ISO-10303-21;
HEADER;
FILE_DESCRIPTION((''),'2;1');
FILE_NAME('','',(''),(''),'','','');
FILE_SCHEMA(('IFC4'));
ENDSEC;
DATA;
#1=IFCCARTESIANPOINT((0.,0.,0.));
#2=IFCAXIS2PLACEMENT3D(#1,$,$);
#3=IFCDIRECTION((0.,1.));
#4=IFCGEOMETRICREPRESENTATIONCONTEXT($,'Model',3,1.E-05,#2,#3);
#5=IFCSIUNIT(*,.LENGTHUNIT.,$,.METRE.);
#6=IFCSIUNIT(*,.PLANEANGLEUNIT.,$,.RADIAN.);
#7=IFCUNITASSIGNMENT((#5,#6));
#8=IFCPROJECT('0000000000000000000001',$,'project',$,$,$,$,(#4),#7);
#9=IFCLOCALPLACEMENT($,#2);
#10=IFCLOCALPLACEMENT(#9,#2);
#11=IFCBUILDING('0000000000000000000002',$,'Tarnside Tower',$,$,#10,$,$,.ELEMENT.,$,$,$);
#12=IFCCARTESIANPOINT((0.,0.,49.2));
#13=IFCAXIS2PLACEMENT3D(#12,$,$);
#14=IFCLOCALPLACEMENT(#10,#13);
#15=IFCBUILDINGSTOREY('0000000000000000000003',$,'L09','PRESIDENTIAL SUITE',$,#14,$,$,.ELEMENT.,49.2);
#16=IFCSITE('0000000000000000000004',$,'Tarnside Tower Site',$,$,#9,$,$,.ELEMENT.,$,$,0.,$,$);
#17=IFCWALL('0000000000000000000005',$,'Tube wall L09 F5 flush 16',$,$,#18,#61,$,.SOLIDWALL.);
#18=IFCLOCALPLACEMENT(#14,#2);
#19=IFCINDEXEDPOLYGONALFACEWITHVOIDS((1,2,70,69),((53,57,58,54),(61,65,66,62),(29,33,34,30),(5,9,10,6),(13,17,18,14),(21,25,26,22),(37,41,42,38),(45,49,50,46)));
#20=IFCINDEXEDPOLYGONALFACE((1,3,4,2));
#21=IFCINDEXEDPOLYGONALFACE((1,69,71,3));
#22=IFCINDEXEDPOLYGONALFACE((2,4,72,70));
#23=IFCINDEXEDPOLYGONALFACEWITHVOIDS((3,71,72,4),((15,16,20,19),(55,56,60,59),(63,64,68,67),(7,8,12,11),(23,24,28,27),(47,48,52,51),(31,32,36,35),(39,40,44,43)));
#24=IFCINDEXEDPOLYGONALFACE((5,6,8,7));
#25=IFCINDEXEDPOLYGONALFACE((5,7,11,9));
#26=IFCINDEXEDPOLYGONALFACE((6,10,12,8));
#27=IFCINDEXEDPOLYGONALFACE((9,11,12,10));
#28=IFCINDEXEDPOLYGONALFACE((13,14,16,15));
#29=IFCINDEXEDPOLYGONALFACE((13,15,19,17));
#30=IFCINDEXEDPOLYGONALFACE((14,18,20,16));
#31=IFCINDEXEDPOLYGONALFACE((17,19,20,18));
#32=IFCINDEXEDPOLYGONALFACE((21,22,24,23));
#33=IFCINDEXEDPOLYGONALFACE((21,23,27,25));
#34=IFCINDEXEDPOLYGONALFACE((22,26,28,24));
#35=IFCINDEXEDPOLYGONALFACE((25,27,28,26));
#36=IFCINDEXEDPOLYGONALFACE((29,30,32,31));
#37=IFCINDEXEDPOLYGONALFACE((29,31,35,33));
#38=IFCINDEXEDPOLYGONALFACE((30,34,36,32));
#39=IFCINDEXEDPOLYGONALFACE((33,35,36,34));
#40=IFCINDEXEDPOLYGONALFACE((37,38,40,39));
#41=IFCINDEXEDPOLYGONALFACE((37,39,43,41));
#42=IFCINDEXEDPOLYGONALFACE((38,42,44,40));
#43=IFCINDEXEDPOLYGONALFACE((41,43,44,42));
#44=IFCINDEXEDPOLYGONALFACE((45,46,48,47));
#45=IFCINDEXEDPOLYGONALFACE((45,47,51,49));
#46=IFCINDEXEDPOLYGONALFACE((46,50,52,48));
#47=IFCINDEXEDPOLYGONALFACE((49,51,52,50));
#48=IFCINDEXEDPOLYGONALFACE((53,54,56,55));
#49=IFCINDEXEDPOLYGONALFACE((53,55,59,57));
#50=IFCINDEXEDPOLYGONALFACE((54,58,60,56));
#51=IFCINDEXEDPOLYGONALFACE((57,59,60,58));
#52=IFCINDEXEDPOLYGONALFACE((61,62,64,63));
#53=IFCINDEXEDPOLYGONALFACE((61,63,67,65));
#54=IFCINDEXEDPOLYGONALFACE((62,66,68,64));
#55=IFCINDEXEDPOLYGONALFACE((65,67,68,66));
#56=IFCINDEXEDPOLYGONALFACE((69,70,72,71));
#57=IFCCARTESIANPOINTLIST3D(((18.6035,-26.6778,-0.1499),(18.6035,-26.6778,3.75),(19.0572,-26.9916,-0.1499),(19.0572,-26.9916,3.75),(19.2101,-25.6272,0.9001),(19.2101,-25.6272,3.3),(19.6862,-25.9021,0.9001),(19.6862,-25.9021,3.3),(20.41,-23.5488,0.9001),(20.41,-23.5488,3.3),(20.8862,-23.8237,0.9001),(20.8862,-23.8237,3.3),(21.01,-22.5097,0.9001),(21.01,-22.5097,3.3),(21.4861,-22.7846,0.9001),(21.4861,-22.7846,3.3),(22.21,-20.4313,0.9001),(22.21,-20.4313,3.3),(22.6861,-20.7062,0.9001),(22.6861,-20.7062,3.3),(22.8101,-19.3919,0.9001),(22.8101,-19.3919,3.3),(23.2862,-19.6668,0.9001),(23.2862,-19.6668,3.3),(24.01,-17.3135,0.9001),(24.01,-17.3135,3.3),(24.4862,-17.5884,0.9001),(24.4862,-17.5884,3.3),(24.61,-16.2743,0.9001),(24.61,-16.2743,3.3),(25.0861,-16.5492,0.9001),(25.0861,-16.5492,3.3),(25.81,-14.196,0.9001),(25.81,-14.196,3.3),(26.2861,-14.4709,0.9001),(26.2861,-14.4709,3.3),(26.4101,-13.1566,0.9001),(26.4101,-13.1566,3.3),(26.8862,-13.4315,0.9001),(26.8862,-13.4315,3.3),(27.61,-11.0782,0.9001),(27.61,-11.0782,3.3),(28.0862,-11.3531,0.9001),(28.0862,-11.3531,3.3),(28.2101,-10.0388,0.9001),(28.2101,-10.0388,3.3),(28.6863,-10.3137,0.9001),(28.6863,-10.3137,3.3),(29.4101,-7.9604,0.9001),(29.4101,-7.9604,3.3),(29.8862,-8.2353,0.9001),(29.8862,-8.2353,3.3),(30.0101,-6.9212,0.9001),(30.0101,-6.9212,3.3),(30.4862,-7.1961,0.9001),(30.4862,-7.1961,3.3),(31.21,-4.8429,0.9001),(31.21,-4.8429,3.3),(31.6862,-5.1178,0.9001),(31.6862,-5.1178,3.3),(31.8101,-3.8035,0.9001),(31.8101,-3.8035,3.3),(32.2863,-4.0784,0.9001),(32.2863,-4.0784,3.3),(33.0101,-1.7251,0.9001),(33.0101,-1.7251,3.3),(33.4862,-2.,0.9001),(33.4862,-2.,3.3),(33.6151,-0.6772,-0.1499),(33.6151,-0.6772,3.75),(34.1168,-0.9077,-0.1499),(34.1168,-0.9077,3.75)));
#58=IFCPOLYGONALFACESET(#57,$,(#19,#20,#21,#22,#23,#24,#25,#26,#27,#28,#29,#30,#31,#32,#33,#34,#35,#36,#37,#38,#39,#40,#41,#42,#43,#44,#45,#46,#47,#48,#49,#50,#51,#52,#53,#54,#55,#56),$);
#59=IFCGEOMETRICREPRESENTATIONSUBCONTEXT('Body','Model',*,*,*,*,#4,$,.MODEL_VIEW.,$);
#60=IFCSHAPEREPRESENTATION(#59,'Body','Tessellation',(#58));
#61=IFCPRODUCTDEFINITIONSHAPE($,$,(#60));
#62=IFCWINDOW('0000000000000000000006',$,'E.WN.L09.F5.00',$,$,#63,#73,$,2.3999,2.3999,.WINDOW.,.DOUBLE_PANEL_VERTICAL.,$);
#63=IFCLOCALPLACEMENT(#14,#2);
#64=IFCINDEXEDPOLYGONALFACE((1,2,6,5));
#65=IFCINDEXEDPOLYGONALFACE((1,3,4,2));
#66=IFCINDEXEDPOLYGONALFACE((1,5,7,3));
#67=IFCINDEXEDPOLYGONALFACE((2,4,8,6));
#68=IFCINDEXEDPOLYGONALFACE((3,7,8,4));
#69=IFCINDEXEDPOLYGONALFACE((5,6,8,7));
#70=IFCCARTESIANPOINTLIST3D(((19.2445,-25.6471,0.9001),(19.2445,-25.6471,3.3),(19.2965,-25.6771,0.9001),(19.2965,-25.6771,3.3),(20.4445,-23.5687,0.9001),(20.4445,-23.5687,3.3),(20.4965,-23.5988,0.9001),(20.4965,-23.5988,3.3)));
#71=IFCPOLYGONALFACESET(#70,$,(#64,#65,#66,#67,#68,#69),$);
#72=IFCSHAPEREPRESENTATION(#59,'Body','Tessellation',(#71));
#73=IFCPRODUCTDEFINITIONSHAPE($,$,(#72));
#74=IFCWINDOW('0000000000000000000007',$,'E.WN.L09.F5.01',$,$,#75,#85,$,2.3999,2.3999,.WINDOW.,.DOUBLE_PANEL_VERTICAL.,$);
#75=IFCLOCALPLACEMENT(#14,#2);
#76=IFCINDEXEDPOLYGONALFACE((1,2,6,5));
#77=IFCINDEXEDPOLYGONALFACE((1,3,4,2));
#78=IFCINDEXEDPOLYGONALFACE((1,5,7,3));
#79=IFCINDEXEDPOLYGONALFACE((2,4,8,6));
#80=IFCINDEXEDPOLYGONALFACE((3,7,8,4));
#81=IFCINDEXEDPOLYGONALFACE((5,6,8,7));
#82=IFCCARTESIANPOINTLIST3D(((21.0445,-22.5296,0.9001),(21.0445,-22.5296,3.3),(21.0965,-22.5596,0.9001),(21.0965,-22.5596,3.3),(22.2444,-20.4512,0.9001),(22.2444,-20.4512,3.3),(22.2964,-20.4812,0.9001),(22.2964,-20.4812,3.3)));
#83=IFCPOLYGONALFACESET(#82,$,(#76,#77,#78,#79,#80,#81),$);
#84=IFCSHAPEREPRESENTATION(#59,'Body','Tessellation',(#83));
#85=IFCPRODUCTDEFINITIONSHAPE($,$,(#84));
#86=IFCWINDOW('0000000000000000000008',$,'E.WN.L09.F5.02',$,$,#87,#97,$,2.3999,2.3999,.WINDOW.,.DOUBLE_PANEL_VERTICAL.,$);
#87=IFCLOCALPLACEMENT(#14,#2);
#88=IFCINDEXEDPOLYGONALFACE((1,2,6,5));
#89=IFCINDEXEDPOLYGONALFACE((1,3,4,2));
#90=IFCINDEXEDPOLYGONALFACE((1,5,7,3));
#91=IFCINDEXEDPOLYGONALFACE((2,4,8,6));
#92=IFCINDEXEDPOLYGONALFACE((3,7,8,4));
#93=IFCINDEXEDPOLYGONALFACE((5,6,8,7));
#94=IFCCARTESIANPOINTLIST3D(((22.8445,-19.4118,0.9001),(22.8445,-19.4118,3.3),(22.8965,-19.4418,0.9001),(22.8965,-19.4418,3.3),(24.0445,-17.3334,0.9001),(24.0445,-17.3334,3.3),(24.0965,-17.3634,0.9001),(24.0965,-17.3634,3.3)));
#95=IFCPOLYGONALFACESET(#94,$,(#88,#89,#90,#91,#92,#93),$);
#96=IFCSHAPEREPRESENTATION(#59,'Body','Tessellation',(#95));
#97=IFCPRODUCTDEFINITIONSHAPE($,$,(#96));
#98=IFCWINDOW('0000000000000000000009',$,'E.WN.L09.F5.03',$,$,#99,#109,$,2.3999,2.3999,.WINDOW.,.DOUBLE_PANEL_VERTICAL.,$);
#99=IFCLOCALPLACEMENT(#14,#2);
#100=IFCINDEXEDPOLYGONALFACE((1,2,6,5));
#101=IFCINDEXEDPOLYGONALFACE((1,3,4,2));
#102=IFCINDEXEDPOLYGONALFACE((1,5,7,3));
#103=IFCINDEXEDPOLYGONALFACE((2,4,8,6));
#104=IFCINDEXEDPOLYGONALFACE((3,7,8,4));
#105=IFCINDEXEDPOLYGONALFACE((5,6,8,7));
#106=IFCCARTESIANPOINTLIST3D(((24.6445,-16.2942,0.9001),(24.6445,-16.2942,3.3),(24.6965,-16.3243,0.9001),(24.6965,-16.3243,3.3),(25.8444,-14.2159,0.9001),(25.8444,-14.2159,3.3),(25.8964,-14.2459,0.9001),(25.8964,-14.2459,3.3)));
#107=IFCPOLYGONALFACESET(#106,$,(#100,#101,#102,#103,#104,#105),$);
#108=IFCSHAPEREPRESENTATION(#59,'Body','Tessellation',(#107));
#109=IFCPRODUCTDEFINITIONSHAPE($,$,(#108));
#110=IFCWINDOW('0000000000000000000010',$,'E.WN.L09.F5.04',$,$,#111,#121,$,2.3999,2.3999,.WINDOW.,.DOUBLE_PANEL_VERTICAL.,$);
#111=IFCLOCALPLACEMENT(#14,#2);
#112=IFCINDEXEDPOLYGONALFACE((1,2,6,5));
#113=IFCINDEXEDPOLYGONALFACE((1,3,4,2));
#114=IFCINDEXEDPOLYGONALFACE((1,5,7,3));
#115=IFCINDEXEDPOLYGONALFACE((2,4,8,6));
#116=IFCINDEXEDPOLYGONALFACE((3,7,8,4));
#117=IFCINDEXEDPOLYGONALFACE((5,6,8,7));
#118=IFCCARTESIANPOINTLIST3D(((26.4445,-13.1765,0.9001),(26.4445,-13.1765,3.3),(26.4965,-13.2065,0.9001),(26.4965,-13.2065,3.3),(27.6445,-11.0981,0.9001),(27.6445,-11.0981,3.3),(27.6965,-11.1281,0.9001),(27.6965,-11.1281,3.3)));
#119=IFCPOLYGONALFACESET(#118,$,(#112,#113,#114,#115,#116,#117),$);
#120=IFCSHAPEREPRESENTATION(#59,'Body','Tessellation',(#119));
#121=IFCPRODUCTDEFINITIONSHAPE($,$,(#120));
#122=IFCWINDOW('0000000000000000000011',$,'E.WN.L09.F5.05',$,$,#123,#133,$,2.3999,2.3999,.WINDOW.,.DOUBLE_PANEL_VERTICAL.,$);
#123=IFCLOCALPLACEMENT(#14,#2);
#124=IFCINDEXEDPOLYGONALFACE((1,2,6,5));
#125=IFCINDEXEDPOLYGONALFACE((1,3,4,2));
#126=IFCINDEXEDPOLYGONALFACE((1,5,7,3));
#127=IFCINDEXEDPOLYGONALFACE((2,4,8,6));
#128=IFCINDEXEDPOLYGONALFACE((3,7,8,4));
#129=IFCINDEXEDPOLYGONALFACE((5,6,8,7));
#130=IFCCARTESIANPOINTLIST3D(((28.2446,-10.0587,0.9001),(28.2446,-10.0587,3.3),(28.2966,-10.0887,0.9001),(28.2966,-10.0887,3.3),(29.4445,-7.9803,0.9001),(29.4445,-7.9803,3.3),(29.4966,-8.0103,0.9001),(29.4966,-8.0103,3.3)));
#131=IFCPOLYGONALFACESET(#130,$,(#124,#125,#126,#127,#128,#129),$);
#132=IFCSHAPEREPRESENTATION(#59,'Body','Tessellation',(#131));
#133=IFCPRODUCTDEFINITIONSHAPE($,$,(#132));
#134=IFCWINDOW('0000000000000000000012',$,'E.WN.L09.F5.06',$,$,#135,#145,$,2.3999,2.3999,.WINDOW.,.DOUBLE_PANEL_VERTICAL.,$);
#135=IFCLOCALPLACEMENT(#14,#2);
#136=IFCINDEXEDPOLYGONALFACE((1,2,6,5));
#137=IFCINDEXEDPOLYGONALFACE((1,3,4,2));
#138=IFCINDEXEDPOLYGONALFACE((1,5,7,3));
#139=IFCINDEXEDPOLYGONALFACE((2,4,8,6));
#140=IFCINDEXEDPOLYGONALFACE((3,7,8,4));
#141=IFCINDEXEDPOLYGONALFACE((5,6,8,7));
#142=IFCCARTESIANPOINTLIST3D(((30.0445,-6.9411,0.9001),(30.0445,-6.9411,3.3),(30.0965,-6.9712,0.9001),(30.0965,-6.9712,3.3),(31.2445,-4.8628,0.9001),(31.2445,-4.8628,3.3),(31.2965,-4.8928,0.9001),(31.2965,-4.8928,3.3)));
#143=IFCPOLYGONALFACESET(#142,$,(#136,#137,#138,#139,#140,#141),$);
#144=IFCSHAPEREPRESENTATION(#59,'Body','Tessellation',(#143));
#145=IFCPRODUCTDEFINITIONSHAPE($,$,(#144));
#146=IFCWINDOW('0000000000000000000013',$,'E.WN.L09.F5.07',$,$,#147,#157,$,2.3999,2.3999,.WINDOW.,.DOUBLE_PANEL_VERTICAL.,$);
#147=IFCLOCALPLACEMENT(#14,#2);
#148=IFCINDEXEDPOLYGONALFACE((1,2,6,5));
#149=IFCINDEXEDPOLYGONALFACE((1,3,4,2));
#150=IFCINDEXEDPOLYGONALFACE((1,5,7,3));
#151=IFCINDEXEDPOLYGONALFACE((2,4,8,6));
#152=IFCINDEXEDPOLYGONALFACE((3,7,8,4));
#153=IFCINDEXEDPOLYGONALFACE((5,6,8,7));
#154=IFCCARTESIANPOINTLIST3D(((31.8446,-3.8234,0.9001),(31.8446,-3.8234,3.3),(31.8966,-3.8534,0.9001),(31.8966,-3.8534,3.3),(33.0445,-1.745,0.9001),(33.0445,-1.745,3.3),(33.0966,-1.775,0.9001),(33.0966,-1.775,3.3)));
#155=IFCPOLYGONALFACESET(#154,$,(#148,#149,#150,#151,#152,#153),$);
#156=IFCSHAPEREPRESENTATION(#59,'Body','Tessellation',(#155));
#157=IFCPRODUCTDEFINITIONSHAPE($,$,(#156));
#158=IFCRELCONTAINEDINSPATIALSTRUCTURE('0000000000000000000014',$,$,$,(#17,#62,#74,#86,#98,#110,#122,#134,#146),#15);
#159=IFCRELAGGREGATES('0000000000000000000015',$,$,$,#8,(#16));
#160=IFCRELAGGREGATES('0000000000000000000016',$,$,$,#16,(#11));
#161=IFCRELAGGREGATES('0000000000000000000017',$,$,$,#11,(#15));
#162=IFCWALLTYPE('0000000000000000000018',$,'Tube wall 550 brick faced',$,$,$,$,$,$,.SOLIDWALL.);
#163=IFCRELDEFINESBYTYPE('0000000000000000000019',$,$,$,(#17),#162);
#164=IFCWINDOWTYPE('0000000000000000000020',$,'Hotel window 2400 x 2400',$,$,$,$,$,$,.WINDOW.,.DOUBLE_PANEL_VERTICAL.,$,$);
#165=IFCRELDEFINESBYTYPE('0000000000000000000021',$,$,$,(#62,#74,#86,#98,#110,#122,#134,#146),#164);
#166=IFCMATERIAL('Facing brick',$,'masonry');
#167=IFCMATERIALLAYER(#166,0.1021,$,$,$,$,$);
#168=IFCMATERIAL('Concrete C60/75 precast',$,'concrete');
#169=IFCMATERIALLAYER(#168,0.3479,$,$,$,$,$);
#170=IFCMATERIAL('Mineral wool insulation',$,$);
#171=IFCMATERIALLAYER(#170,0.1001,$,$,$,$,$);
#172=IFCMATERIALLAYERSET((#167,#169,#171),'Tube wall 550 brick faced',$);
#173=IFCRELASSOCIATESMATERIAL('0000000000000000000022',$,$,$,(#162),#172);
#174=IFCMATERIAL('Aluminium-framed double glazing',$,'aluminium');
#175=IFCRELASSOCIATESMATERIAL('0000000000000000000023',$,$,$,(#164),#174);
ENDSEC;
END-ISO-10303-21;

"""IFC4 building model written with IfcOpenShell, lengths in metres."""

from ifc_helpers import new_model, si_unit, direction, frame, frame_2d, origin, place, context, subcontext, project, spatial, polyline, rectangle, outline, extrude, material, layer, layer_set, type_object, element, fill, save


model = new_model("IFC4")

# Units and contexts
model_context = context("Model", 3, precision=1e-05, world=origin(), true_north=direction((0.0, 1.0)))
body_context = subcontext(model_context, "Body", "Model", "MODEL_VIEW")
ifc_project = project(units=[si_unit("LENGTHUNIT", "METRE"), si_unit("PLANEANGLEUNIT", "RADIAN")], contexts=[model_context])

# Site, building, storey
site_placement = place(None, origin())
site = spatial("IfcSite", under=ifc_project, at=site_placement, Name="Tarnside Tower Site", CompositionType="ELEMENT", RefElevation=0.0)
building_placement = place(site_placement, origin())
building = spatial("IfcBuilding", under=site, at=building_placement, Name="Tarnside Tower", CompositionType="ELEMENT")
storey_placement = place(building_placement, frame((0.0, 0.0, 49.2)))
storey = spatial("IfcBuildingStorey", under=building, at=storey_placement, Name="L09", Description="PRESIDENTIAL SUITE", CompositionType="ELEMENT", Elevation=49.2)

# Shared definitions
ifc_material_1 = material(Name="Facing brick", Category="masonry")
ifc_layer_1 = layer(ifc_material_1, 0.1021)
ifc_material_2 = material(Name="Concrete C60/75 precast", Category="concrete")
ifc_layer_2 = layer(ifc_material_2, 0.3479)
ifc_material_3 = material(Name="Mineral wool insulation")
ifc_layer_3 = layer(ifc_material_3, 0.1001)
ifc_layer_set_1 = layer_set([ifc_layer_1, ifc_layer_2, ifc_layer_3], Name="Tube wall 550 brick faced")
wall_type = type_object("IfcWallType", Name="Tube wall 550 brick faced", PredefinedType="SOLIDWALL", material=ifc_layer_set_1)

# Wall, openings, windows
wall_1_placement = place(storey_placement, frame((18.8303, -26.8347, -0.1499), z_axis=(0.0, 0.0, 1.0), x_axis=(0.500004, 0.866023, 0.0)))
wall_1 = element("IfcWall", 1, at=wall_1_placement, inside=storey, type_object=wall_type, Name="Tube wall L09 F5 flush 16", PredefinedType="SOLIDWALL", context=body_context, shape_type="SweptSolid", body=[
    extrude(outline(polyline([(-0.0225, -0.2749), (30.0967, -0.2749), (30.0454, 0.2749), (0.0225, 0.2749), (-0.0225, -0.2749)])), origin(), (0.0, 0.0, 1.0), 3.8999),
])
opening_1_placement = place(wall_1_placement, frame((1.2356, 0.0, 1.05)))
opening_1 = element("IfcOpeningElement", 2, at=opening_1_placement, cuts=wall_1, PredefinedType="OPENING", context=body_context, shape_type="SweptSolid", body=[
    extrude(rectangle(XDim=2.3999, YDim=2.3999, at=frame_2d((1.2, 1.2))), frame((0.0, 0.2852, 0.0), z_axis=(0.0, -1.0, 0.0), x_axis=(1.0, 0.0, 0.0)), (0.0, 0.0, 1.0), 0.5701),
])
opening_2_placement = place(wall_1_placement, frame((4.8354, 0.0, 1.05)))
opening_2 = element("IfcOpeningElement", 3, at=opening_2_placement, cuts=wall_1, PredefinedType="OPENING", context=body_context, shape_type="SweptSolid", body=[
    extrude(rectangle(XDim=2.3999, YDim=2.3999, at=frame_2d((1.2, 1.2))), frame((0.0, 0.2852, 0.0), z_axis=(0.0, -1.0, 0.0), x_axis=(1.0, 0.0, 0.0)), (0.0, 0.0, 1.0), 0.5701),
])
opening_3_placement = place(wall_1_placement, frame((8.4355, 0.0, 1.05)))
opening_3 = element("IfcOpeningElement", 4, at=opening_3_placement, cuts=wall_1, PredefinedType="OPENING", context=body_context, shape_type="SweptSolid", body=[
    extrude(rectangle(XDim=2.3999, YDim=2.3999, at=frame_2d((1.2, 1.2))), frame((0.0, 0.2852, 0.0), z_axis=(0.0, -1.0, 0.0), x_axis=(1.0, 0.0, 0.0)), (0.0, 0.0, 1.0), 0.5701),
])
opening_4_placement = place(wall_1_placement, frame((12.0354, 0.0, 1.05)))
opening_4 = element("IfcOpeningElement", 5, at=opening_4_placement, cuts=wall_1, PredefinedType="OPENING", context=body_context, shape_type="SweptSolid", body=[
    extrude(rectangle(XDim=2.3999, YDim=2.3999, at=frame_2d((1.2, 1.2))), frame((0.0, 0.2852, 0.0), z_axis=(0.0, -1.0, 0.0), x_axis=(1.0, 0.0, 0.0)), (0.0, 0.0, 1.0), 0.5701),
])
opening_5_placement = place(wall_1_placement, frame((15.6355, 0.0, 1.05)))
opening_5 = element("IfcOpeningElement", 6, at=opening_5_placement, cuts=wall_1, PredefinedType="OPENING", context=body_context, shape_type="SweptSolid", body=[
    extrude(rectangle(XDim=2.3999, YDim=2.3999, at=frame_2d((1.2, 1.2))), frame((0.0, 0.2852, 0.0), z_axis=(0.0, -1.0, 0.0), x_axis=(1.0, 0.0, 0.0)), (0.0, 0.0, 1.0), 0.5701),
])
opening_6_placement = place(wall_1_placement, frame((19.2356, 0.0, 1.05)))
opening_6 = element("IfcOpeningElement", 7, at=opening_6_placement, cuts=wall_1, PredefinedType="OPENING", context=body_context, shape_type="SweptSolid", body=[
    extrude(rectangle(XDim=2.3999, YDim=2.3999, at=frame_2d((1.2, 1.2))), frame((0.0, 0.2852, 0.0), z_axis=(0.0, -1.0, 0.0), x_axis=(1.0, 0.0, 0.0)), (0.0, 0.0, 1.0), 0.5701),
])
opening_7_placement = place(wall_1_placement, frame((22.8354, 0.0, 1.05)))
opening_7 = element("IfcOpeningElement", 8, at=opening_7_placement, cuts=wall_1, PredefinedType="OPENING", context=body_context, shape_type="SweptSolid", body=[
    extrude(rectangle(XDim=2.3999, YDim=2.3999, at=frame_2d((1.2, 1.2))), frame((0.0, 0.2852, 0.0), z_axis=(0.0, -1.0, 0.0), x_axis=(1.0, 0.0, 0.0)), (0.0, 0.0, 1.0), 0.5701),
])
opening_8_placement = place(wall_1_placement, frame((26.4355, 0.0, 1.05)))
opening_8 = element("IfcOpeningElement", 9, at=opening_8_placement, cuts=wall_1, PredefinedType="OPENING", context=body_context, shape_type="SweptSolid", body=[
    extrude(rectangle(XDim=2.3999, YDim=2.3999, at=frame_2d((1.2, 1.2))), frame((0.0, 0.2852, 0.0), z_axis=(0.0, -1.0, 0.0), x_axis=(1.0, 0.0, 0.0)), (0.0, 0.0, 1.0), 0.5701),
])
ifc_material_4 = material(Name="Aluminium-framed double glazing", Category="aluminium")
window_type = type_object("IfcWindowType", Name="Hotel window 2400 x 2400", PartitioningType="DOUBLE_PANEL_VERTICAL", PredefinedType="WINDOW", material=ifc_material_4)
window_1_placement = place(opening_1_placement, frame((0.0, 0.2051, 0.0)))
window_1 = element("IfcWindow", 10, at=window_1_placement, inside=storey, type_object=window_type, Name="E.WN.L09.F5.00", OverallHeight=2.3999, OverallWidth=2.3999, PartitioningType="DOUBLE_PANEL_VERTICAL", PredefinedType="WINDOW", context=body_context, shape_type="SweptSolid", body=[
    extrude(rectangle(XDim=2.3999, YDim=2.3999, at=frame_2d((1.2, 1.2))), frame((0.0, 0.03, 0.0), z_axis=(0.0, -1.0, 0.0), x_axis=(1.0, 0.0, 0.0)), (0.0, 0.0, 1.0), 0.0601),
])
fill(opening_1, window_1)
window_2_placement = place(opening_2_placement, frame((0.0, 0.2051, 0.0)))
window_2 = element("IfcWindow", 11, at=window_2_placement, inside=storey, type_object=window_type, Name="E.WN.L09.F5.01", OverallHeight=2.3999, OverallWidth=2.3999, PartitioningType="DOUBLE_PANEL_VERTICAL", PredefinedType="WINDOW", context=body_context, shape_type="SweptSolid", body=[
    extrude(rectangle(XDim=2.3999, YDim=2.3999, at=frame_2d((1.2, 1.2))), frame((0.0, 0.03, 0.0), z_axis=(0.0, -1.0, 0.0), x_axis=(1.0, 0.0, 0.0)), (0.0, 0.0, 1.0), 0.0601),
])
fill(opening_2, window_2)
window_3_placement = place(opening_3_placement, frame((0.0, 0.2051, 0.0)))
window_3 = element("IfcWindow", 12, at=window_3_placement, inside=storey, type_object=window_type, Name="E.WN.L09.F5.02", OverallHeight=2.3999, OverallWidth=2.3999, PartitioningType="DOUBLE_PANEL_VERTICAL", PredefinedType="WINDOW", context=body_context, shape_type="SweptSolid", body=[
    extrude(rectangle(XDim=2.3999, YDim=2.3999, at=frame_2d((1.2, 1.2))), frame((0.0, 0.03, 0.0), z_axis=(0.0, -1.0, 0.0), x_axis=(1.0, 0.0, 0.0)), (0.0, 0.0, 1.0), 0.0601),
])
fill(opening_3, window_3)
window_4_placement = place(opening_4_placement, frame((0.0, 0.2051, 0.0)))
window_4 = element("IfcWindow", 13, at=window_4_placement, inside=storey, type_object=window_type, Name="E.WN.L09.F5.03", OverallHeight=2.3999, OverallWidth=2.3999, PartitioningType="DOUBLE_PANEL_VERTICAL", PredefinedType="WINDOW", context=body_context, shape_type="SweptSolid", body=[
    extrude(rectangle(XDim=2.3999, YDim=2.3999, at=frame_2d((1.2, 1.2))), frame((0.0, 0.03, 0.0), z_axis=(0.0, -1.0, 0.0), x_axis=(1.0, 0.0, 0.0)), (0.0, 0.0, 1.0), 0.0601),
])
fill(opening_4, window_4)
window_5_placement = place(opening_5_placement, frame((0.0, 0.2051, 0.0)))
window_5 = element("IfcWindow", 14, at=window_5_placement, inside=storey, type_object=window_type, Name="E.WN.L09.F5.04", OverallHeight=2.3999, OverallWidth=2.3999, PartitioningType="DOUBLE_PANEL_VERTICAL", PredefinedType="WINDOW", context=body_context, shape_type="SweptSolid", body=[
    extrude(rectangle(XDim=2.3999, YDim=2.3999, at=frame_2d((1.2, 1.2))), frame((0.0, 0.03, 0.0), z_axis=(0.0, -1.0, 0.0), x_axis=(1.0, 0.0, 0.0)), (0.0, 0.0, 1.0), 0.0601),
])
fill(opening_5, window_5)
window_6_placement = place(opening_6_placement, frame((0.0, 0.2051, 0.0)))
window_6 = element("IfcWindow", 15, at=window_6_placement, inside=storey, type_object=window_type, Name="E.WN.L09.F5.05", OverallHeight=2.3999, OverallWidth=2.3999, PartitioningType="DOUBLE_PANEL_VERTICAL", PredefinedType="WINDOW", context=body_context, shape_type="SweptSolid", body=[
    extrude(rectangle(XDim=2.3999, YDim=2.3999, at=frame_2d((1.2, 1.2))), frame((0.0, 0.03, 0.0), z_axis=(0.0, -1.0, 0.0), x_axis=(1.0, 0.0, 0.0)), (0.0, 0.0, 1.0), 0.0601),
])
fill(opening_6, window_6)
window_7_placement = place(opening_7_placement, frame((0.0, 0.2051, 0.0)))
window_7 = element("IfcWindow", 16, at=window_7_placement, inside=storey, type_object=window_type, Name="E.WN.L09.F5.06", OverallHeight=2.3999, OverallWidth=2.3999, PartitioningType="DOUBLE_PANEL_VERTICAL", PredefinedType="WINDOW", context=body_context, shape_type="SweptSolid", body=[
    extrude(rectangle(XDim=2.3999, YDim=2.3999, at=frame_2d((1.2, 1.2))), frame((0.0, 0.03, 0.0), z_axis=(0.0, -1.0, 0.0), x_axis=(1.0, 0.0, 0.0)), (0.0, 0.0, 1.0), 0.0601),
])
fill(opening_7, window_7)
window_8_placement = place(opening_8_placement, frame((0.0, 0.2051, 0.0)))
window_8 = element("IfcWindow", 17, at=window_8_placement, inside=storey, type_object=window_type, Name="E.WN.L09.F5.07", OverallHeight=2.3999, OverallWidth=2.3999, PartitioningType="DOUBLE_PANEL_VERTICAL", PredefinedType="WINDOW", context=body_context, shape_type="SweptSolid", body=[
    extrude(rectangle(XDim=2.3999, YDim=2.3999, at=frame_2d((1.2, 1.2))), frame((0.0, 0.03, 0.0), z_axis=(0.0, -1.0, 0.0), x_axis=(1.0, 0.0, 0.0)), (0.0, 0.0, 1.0), 0.0601),
])
fill(opening_8, window_8)

save(model, "model.ifc")
